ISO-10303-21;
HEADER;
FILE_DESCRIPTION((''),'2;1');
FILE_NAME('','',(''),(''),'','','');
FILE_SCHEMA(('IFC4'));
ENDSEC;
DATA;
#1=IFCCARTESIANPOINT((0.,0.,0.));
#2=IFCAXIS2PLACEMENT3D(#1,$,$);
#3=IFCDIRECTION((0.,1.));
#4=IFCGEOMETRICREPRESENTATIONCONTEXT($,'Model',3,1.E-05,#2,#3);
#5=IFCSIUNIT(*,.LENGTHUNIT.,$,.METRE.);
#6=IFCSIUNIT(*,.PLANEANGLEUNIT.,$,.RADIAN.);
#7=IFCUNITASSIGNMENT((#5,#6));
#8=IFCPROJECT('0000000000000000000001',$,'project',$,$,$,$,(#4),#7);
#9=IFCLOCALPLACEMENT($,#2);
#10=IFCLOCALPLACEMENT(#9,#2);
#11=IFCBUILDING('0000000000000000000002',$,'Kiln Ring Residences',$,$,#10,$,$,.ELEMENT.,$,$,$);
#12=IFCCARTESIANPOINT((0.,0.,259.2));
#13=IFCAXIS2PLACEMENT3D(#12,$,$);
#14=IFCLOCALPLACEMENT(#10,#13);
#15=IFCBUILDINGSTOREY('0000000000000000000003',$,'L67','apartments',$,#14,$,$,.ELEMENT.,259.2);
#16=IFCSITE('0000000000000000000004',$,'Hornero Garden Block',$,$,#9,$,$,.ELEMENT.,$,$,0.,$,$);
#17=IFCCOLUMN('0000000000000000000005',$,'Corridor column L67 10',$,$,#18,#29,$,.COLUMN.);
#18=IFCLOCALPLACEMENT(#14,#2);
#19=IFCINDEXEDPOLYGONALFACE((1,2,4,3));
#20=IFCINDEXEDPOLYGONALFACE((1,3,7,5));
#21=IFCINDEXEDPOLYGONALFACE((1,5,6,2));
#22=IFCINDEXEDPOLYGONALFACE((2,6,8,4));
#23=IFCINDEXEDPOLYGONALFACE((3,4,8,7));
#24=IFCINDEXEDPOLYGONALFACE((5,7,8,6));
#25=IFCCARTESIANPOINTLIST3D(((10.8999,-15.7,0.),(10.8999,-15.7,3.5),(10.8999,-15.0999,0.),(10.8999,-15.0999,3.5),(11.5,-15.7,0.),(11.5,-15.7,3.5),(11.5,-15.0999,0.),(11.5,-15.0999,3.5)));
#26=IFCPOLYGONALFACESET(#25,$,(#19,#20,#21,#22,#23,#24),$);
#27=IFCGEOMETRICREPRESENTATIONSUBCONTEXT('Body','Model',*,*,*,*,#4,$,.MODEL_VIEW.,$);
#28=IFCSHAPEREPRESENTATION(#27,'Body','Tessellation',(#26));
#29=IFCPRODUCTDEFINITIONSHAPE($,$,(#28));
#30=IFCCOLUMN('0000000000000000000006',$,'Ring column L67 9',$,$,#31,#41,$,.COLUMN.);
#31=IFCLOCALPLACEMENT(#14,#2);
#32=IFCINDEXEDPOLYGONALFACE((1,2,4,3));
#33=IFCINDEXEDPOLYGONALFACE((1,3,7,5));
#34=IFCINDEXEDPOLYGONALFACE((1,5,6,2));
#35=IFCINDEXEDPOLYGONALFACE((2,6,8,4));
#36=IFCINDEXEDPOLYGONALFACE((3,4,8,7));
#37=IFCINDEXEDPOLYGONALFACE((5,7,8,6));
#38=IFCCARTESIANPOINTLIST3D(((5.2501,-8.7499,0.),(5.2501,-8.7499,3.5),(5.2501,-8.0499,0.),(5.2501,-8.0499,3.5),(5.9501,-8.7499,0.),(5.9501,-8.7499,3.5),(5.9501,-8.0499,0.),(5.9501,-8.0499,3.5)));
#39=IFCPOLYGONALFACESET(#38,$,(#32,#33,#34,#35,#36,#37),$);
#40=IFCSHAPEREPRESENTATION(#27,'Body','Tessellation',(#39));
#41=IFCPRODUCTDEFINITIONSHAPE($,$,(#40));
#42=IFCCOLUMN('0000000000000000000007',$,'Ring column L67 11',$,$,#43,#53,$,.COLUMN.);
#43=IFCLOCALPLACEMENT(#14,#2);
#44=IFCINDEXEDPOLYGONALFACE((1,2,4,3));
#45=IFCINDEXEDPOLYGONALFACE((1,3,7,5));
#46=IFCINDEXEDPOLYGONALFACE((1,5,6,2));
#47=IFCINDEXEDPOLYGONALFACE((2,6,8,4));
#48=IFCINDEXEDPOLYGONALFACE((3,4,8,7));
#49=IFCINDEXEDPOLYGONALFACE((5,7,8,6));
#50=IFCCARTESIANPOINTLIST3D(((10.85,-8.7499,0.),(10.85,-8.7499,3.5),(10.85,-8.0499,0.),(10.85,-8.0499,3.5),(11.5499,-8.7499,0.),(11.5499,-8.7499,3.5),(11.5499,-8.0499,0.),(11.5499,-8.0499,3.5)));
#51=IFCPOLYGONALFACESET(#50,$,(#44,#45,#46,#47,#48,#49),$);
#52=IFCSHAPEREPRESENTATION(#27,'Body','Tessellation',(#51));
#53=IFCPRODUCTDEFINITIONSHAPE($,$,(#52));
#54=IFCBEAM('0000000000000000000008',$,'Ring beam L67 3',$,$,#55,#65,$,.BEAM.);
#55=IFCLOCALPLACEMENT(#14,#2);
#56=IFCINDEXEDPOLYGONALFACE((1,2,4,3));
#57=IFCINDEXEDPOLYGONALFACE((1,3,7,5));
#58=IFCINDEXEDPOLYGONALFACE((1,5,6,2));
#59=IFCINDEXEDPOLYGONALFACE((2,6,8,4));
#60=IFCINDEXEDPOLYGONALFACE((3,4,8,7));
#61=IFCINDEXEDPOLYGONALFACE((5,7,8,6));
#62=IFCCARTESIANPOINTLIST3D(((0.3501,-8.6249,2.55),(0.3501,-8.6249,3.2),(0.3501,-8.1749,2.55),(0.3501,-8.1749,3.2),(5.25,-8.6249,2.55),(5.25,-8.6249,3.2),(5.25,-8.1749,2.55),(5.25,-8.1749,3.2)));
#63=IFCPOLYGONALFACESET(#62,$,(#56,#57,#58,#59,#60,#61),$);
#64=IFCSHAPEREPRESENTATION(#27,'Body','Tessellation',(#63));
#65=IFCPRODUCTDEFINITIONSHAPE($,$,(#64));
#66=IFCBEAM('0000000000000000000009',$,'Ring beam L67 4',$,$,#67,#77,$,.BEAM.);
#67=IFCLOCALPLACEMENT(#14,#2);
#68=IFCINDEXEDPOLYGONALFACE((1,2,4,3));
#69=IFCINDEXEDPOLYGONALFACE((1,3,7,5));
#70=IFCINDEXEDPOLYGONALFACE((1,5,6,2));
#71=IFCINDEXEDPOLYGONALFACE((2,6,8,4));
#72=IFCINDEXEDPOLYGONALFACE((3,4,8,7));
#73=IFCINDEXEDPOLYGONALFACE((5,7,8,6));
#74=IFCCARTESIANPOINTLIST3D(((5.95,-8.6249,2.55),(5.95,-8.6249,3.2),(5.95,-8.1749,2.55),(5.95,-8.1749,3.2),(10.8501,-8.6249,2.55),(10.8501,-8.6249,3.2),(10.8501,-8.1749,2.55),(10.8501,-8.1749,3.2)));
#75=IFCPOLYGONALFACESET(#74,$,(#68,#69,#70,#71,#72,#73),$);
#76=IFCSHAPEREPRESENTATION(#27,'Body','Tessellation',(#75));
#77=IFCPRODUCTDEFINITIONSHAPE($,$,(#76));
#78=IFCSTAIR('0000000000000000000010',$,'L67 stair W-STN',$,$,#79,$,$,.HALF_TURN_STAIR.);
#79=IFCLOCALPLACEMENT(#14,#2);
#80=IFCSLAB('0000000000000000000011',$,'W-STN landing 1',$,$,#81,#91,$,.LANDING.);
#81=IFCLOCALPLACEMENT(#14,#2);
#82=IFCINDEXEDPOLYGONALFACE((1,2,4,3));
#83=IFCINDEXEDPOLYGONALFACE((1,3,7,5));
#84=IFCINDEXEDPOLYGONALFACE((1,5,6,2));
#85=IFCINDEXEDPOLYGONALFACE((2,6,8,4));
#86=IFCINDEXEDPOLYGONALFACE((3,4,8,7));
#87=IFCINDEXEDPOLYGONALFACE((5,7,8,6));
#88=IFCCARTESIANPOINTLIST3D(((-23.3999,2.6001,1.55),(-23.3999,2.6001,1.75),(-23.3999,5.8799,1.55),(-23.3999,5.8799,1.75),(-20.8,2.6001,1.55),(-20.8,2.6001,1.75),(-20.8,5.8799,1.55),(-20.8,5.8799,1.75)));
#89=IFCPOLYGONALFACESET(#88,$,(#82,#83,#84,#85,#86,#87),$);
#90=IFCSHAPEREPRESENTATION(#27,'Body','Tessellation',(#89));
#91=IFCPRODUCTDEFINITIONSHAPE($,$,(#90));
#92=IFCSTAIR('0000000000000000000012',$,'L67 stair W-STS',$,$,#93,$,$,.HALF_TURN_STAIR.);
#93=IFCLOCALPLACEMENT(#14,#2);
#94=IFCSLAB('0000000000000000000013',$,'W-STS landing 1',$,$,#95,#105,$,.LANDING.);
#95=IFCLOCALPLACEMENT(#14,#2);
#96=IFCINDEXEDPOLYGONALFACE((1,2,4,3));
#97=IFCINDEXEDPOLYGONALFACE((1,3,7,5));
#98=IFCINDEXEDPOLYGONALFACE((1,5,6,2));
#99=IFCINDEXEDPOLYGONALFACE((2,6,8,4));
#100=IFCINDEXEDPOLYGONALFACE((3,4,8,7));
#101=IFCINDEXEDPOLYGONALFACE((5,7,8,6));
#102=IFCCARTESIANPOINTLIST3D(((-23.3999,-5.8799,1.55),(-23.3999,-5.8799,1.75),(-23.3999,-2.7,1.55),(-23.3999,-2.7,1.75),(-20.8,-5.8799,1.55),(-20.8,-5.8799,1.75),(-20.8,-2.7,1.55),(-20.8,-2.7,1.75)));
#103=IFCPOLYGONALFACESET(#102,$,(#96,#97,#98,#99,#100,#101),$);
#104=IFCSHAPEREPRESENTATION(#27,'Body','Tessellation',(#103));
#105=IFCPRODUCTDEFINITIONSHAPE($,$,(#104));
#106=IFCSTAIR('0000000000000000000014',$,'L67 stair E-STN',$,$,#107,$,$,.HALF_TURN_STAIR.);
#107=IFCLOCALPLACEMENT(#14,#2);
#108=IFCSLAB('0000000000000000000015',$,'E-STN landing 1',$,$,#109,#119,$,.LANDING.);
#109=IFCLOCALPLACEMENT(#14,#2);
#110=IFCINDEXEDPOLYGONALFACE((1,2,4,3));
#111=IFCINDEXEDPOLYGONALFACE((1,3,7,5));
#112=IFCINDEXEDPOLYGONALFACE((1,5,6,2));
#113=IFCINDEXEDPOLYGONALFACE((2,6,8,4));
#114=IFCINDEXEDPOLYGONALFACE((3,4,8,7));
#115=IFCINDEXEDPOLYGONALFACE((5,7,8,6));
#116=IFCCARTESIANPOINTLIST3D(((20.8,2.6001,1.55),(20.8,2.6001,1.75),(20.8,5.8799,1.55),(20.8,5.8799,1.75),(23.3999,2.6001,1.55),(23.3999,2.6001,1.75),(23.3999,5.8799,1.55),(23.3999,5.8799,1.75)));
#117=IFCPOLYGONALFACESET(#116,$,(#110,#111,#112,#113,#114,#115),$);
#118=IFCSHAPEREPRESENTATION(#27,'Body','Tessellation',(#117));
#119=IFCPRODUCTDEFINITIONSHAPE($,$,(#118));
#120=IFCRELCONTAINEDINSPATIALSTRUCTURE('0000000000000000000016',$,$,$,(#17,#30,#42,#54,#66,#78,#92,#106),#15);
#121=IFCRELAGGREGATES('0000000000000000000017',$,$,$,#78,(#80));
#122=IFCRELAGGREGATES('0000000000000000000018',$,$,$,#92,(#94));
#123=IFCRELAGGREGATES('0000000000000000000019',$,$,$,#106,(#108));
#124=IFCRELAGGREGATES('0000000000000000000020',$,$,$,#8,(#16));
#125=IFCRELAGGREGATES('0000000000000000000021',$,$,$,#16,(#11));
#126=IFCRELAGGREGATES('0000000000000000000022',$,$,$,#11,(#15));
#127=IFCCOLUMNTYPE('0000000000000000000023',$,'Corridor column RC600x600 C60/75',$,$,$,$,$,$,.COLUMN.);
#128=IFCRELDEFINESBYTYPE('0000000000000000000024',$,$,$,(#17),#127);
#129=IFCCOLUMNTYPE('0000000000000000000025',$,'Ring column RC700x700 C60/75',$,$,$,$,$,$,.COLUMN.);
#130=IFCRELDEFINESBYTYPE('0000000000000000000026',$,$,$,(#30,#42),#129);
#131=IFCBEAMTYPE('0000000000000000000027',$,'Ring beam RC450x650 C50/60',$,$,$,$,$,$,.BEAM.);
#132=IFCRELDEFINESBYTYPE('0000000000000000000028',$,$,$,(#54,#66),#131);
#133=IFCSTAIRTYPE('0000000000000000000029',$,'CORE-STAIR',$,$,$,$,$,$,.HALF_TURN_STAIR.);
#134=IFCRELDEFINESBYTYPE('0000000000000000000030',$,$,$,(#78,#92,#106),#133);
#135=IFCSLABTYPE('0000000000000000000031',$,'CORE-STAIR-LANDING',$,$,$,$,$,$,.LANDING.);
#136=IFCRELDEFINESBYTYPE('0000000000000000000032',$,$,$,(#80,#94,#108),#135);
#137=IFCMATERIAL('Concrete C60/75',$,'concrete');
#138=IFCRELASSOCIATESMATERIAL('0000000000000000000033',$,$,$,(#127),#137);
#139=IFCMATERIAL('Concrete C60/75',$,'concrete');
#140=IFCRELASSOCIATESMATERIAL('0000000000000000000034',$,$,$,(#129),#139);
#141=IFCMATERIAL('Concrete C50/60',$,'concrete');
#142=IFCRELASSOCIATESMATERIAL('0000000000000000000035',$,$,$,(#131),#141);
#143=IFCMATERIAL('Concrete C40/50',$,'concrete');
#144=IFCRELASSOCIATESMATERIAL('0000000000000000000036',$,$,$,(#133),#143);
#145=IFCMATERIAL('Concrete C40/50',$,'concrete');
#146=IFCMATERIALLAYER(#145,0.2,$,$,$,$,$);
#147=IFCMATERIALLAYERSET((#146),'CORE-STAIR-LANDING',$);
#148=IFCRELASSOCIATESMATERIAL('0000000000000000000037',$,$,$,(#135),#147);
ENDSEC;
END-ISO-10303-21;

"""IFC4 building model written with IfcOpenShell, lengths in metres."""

from ifc_helpers import new_model, si_unit, direction, frame, origin, origin_2d, place, context, subcontext, project, spatial, polyline, rectangle, outline, extrude, material, layer, layer_set, material_profile, profile_set, type_object, element, aggregate, save


model = new_model("IFC4")

# Units and contexts
model_context = context("Model", 3, precision=1e-05, world=origin(), true_north=direction((0.0, 1.0)))
body_context = subcontext(model_context, "Body", "Model", "MODEL_VIEW")
ifc_project = project(units=[si_unit("LENGTHUNIT", "METRE"), si_unit("PLANEANGLEUNIT", "RADIAN")], contexts=[model_context])

# Site, building, storey
site_placement = place(None, origin())
site = spatial("IfcSite", under=ifc_project, at=site_placement, Name="Hornero Garden Block", CompositionType="ELEMENT", RefElevation=0.0)
building_placement = place(site_placement, origin())
building = spatial("IfcBuilding", under=site, at=building_placement, Name="Kiln Ring Residences", CompositionType="ELEMENT")
storey_placement = place(building_placement, frame((0.0, 0.0, 259.2)))
storey = spatial("IfcBuildingStorey", under=building, at=storey_placement, Name="L67", Description="apartments", CompositionType="ELEMENT", Elevation=259.2)

# Columns
ifc_material_1 = material(Name="Concrete C60/75", Category="concrete")
ifc_material_profile_1 = material_profile(ifc_material_1, rectangle(XDim=0.6001, YDim=0.6001, at=origin_2d()), Name="RC600x600")
ifc_profile_set_1 = profile_set([ifc_material_profile_1], Name="Concrete C60/75")
column_type_1 = type_object("IfcColumnType", Name="Corridor column RC600x600 C60/75", PredefinedType="COLUMN", material=ifc_profile_set_1)
column_placement = place(storey_placement, frame((11.2, -15.3999, 0.0), z_axis=(0.0, 0.0, 1.0), x_axis=(1.0, 0.0, 0.0)))
element("IfcColumn", 1, at=column_placement, inside=storey, type_object=column_type_1, Name="Corridor column L67 10", PredefinedType="COLUMN", context=body_context, shape_type="SweptSolid", body=[
    extrude(rectangle(XDim=0.6001, YDim=0.6001, at=origin_2d()), origin(), (0.0, 0.0, 1.0), 3.5),
])
ifc_material_2 = material(Name="Concrete C60/75", Category="concrete")
ifc_material_profile_2 = material_profile(ifc_material_2, rectangle(XDim=0.7, YDim=0.7, at=origin_2d()), Name="RC700x700")
ifc_profile_set_2 = profile_set([ifc_material_profile_2], Name="Concrete C60/75")
column_type_2 = type_object("IfcColumnType", Name="Ring column RC700x700 C60/75", PredefinedType="COLUMN", material=ifc_profile_set_2)
for number, where, z_axis, x_axis, name in (
    (2, (5.6001, -8.3999, 0.0), (0.0, 0.0, 1.0), (1.0, 0.0, 0.0), "Ring column L67 9"),
    (3, (11.2, -8.3999, 0.0), (0.0, 0.0, 1.0), (1.0, 0.0, 0.0), "Ring column L67 11"),
):
    element("IfcColumn", number, at=place(storey_placement, frame(where, z_axis=z_axis, x_axis=x_axis)), inside=storey, type_object=column_type_2, Name=name, PredefinedType="COLUMN", context=body_context, shape_type="SweptSolid", body=[
        extrude(rectangle(XDim=0.7, YDim=0.7, at=origin_2d()), origin(), (0.0, 0.0, 1.0), 3.5),
    ])

# Beams
ifc_material_3 = material(Name="Concrete C50/60", Category="concrete")
ifc_material_profile_3 = material_profile(ifc_material_3, rectangle(XDim=0.45, YDim=0.6499, at=origin_2d()), Name="RC450x650")
ifc_profile_set_3 = profile_set([ifc_material_profile_3], Name="Concrete C50/60")
beam_type = type_object("IfcBeamType", Name="Ring beam RC450x650 C50/60", PredefinedType="BEAM", material=ifc_profile_set_3)
beam_1_placement = place(storey_placement, frame((0.3501, -8.3999, 2.875), z_axis=(1.0, 0.0, 0.0), x_axis=(0.0, 1.0, 0.0)))
element("IfcBeam", 4, at=beam_1_placement, inside=storey, type_object=beam_type, Name="Ring beam L67 3", PredefinedType="BEAM", context=body_context, shape_type="SweptSolid", body=[
    extrude(rectangle(XDim=0.45, YDim=0.6499, at=origin_2d()), origin(), (0.0, 0.0, 1.0), 4.8999),
])
beam_2_placement = place(storey_placement, frame((5.95, -8.3999, 2.875), z_axis=(1.0, 0.0, 0.0), x_axis=(0.0, 1.0, 0.0)))
element("IfcBeam", 5, at=beam_2_placement, inside=storey, type_object=beam_type, Name="Ring beam L67 4", PredefinedType="BEAM", context=body_context, shape_type="SweptSolid", body=[
    extrude(rectangle(XDim=0.45, YDim=0.6499, at=origin_2d()), origin(), (0.0, 0.0, 1.0), 4.9001),
])

# Stairs, slabs
ifc_material_4 = material(Name="Concrete C40/50", Category="concrete")
stair_type = type_object("IfcStairType", Name="CORE-STAIR", PredefinedType="HALF_TURN_STAIR", material=ifc_material_4)
placement_1 = place(storey_placement, origin())
stair_1 = element("IfcStair", 6, at=placement_1, inside=storey, type_object=stair_type, Name="L67 stair W-STN", PredefinedType="HALF_TURN_STAIR")
ifc_material_5 = material(Name="Concrete C40/50", Category="concrete")
ifc_layer_1 = layer(ifc_material_5, 0.2)
ifc_layer_set_1 = layer_set([ifc_layer_1], Name="CORE-STAIR-LANDING")
slab_type = type_object("IfcSlabType", Name="CORE-STAIR-LANDING", PredefinedType="LANDING", material=ifc_layer_set_1)
placement_2 = place(storey_placement, frame((0.0, 0.0, 1.55)))
slab_1 = element("IfcSlab", 7, at=placement_2, type_object=slab_type, Name="W-STN landing 1", PredefinedType="LANDING", context=body_context, shape_type="SweptSolid", body=[
    extrude(outline(polyline([(-23.3999, 5.8799), (-23.3999, 2.6001), (-20.8, 2.6001), (-20.8, 5.8799), (-23.3999, 5.8799)])), origin(), (0.0, 0.0, 1.0), 0.2),
])
aggregate(stair_1, [slab_1])
stair_2 = element("IfcStair", 8, at=placement_1, inside=storey, type_object=stair_type, Name="L67 stair W-STS", PredefinedType="HALF_TURN_STAIR")
slab_2 = element("IfcSlab", 9, at=placement_2, type_object=slab_type, Name="W-STS landing 1", PredefinedType="LANDING", context=body_context, shape_type="SweptSolid", body=[
    extrude(outline(polyline([(-20.8, -5.8799), (-20.8, -2.7), (-23.3999, -2.7), (-23.3999, -5.8799), (-20.8, -5.8799)])), origin(), (0.0, 0.0, 1.0), 0.2),
])
aggregate(stair_2, [slab_2])
stair_3 = element("IfcStair", 10, at=placement_1, inside=storey, type_object=stair_type, Name="L67 stair E-STN", PredefinedType="HALF_TURN_STAIR")
slab_3 = element("IfcSlab", 11, at=placement_2, type_object=slab_type, Name="E-STN landing 1", PredefinedType="LANDING", context=body_context, shape_type="SweptSolid", body=[
    extrude(outline(polyline([(20.8, 5.8799), (20.8, 2.6001), (23.3999, 2.6001), (23.3999, 5.8799), (20.8, 5.8799)])), origin(), (0.0, 0.0, 1.0), 0.2),
])
aggregate(stair_3, [slab_3])

save(model, "model.ifc")
